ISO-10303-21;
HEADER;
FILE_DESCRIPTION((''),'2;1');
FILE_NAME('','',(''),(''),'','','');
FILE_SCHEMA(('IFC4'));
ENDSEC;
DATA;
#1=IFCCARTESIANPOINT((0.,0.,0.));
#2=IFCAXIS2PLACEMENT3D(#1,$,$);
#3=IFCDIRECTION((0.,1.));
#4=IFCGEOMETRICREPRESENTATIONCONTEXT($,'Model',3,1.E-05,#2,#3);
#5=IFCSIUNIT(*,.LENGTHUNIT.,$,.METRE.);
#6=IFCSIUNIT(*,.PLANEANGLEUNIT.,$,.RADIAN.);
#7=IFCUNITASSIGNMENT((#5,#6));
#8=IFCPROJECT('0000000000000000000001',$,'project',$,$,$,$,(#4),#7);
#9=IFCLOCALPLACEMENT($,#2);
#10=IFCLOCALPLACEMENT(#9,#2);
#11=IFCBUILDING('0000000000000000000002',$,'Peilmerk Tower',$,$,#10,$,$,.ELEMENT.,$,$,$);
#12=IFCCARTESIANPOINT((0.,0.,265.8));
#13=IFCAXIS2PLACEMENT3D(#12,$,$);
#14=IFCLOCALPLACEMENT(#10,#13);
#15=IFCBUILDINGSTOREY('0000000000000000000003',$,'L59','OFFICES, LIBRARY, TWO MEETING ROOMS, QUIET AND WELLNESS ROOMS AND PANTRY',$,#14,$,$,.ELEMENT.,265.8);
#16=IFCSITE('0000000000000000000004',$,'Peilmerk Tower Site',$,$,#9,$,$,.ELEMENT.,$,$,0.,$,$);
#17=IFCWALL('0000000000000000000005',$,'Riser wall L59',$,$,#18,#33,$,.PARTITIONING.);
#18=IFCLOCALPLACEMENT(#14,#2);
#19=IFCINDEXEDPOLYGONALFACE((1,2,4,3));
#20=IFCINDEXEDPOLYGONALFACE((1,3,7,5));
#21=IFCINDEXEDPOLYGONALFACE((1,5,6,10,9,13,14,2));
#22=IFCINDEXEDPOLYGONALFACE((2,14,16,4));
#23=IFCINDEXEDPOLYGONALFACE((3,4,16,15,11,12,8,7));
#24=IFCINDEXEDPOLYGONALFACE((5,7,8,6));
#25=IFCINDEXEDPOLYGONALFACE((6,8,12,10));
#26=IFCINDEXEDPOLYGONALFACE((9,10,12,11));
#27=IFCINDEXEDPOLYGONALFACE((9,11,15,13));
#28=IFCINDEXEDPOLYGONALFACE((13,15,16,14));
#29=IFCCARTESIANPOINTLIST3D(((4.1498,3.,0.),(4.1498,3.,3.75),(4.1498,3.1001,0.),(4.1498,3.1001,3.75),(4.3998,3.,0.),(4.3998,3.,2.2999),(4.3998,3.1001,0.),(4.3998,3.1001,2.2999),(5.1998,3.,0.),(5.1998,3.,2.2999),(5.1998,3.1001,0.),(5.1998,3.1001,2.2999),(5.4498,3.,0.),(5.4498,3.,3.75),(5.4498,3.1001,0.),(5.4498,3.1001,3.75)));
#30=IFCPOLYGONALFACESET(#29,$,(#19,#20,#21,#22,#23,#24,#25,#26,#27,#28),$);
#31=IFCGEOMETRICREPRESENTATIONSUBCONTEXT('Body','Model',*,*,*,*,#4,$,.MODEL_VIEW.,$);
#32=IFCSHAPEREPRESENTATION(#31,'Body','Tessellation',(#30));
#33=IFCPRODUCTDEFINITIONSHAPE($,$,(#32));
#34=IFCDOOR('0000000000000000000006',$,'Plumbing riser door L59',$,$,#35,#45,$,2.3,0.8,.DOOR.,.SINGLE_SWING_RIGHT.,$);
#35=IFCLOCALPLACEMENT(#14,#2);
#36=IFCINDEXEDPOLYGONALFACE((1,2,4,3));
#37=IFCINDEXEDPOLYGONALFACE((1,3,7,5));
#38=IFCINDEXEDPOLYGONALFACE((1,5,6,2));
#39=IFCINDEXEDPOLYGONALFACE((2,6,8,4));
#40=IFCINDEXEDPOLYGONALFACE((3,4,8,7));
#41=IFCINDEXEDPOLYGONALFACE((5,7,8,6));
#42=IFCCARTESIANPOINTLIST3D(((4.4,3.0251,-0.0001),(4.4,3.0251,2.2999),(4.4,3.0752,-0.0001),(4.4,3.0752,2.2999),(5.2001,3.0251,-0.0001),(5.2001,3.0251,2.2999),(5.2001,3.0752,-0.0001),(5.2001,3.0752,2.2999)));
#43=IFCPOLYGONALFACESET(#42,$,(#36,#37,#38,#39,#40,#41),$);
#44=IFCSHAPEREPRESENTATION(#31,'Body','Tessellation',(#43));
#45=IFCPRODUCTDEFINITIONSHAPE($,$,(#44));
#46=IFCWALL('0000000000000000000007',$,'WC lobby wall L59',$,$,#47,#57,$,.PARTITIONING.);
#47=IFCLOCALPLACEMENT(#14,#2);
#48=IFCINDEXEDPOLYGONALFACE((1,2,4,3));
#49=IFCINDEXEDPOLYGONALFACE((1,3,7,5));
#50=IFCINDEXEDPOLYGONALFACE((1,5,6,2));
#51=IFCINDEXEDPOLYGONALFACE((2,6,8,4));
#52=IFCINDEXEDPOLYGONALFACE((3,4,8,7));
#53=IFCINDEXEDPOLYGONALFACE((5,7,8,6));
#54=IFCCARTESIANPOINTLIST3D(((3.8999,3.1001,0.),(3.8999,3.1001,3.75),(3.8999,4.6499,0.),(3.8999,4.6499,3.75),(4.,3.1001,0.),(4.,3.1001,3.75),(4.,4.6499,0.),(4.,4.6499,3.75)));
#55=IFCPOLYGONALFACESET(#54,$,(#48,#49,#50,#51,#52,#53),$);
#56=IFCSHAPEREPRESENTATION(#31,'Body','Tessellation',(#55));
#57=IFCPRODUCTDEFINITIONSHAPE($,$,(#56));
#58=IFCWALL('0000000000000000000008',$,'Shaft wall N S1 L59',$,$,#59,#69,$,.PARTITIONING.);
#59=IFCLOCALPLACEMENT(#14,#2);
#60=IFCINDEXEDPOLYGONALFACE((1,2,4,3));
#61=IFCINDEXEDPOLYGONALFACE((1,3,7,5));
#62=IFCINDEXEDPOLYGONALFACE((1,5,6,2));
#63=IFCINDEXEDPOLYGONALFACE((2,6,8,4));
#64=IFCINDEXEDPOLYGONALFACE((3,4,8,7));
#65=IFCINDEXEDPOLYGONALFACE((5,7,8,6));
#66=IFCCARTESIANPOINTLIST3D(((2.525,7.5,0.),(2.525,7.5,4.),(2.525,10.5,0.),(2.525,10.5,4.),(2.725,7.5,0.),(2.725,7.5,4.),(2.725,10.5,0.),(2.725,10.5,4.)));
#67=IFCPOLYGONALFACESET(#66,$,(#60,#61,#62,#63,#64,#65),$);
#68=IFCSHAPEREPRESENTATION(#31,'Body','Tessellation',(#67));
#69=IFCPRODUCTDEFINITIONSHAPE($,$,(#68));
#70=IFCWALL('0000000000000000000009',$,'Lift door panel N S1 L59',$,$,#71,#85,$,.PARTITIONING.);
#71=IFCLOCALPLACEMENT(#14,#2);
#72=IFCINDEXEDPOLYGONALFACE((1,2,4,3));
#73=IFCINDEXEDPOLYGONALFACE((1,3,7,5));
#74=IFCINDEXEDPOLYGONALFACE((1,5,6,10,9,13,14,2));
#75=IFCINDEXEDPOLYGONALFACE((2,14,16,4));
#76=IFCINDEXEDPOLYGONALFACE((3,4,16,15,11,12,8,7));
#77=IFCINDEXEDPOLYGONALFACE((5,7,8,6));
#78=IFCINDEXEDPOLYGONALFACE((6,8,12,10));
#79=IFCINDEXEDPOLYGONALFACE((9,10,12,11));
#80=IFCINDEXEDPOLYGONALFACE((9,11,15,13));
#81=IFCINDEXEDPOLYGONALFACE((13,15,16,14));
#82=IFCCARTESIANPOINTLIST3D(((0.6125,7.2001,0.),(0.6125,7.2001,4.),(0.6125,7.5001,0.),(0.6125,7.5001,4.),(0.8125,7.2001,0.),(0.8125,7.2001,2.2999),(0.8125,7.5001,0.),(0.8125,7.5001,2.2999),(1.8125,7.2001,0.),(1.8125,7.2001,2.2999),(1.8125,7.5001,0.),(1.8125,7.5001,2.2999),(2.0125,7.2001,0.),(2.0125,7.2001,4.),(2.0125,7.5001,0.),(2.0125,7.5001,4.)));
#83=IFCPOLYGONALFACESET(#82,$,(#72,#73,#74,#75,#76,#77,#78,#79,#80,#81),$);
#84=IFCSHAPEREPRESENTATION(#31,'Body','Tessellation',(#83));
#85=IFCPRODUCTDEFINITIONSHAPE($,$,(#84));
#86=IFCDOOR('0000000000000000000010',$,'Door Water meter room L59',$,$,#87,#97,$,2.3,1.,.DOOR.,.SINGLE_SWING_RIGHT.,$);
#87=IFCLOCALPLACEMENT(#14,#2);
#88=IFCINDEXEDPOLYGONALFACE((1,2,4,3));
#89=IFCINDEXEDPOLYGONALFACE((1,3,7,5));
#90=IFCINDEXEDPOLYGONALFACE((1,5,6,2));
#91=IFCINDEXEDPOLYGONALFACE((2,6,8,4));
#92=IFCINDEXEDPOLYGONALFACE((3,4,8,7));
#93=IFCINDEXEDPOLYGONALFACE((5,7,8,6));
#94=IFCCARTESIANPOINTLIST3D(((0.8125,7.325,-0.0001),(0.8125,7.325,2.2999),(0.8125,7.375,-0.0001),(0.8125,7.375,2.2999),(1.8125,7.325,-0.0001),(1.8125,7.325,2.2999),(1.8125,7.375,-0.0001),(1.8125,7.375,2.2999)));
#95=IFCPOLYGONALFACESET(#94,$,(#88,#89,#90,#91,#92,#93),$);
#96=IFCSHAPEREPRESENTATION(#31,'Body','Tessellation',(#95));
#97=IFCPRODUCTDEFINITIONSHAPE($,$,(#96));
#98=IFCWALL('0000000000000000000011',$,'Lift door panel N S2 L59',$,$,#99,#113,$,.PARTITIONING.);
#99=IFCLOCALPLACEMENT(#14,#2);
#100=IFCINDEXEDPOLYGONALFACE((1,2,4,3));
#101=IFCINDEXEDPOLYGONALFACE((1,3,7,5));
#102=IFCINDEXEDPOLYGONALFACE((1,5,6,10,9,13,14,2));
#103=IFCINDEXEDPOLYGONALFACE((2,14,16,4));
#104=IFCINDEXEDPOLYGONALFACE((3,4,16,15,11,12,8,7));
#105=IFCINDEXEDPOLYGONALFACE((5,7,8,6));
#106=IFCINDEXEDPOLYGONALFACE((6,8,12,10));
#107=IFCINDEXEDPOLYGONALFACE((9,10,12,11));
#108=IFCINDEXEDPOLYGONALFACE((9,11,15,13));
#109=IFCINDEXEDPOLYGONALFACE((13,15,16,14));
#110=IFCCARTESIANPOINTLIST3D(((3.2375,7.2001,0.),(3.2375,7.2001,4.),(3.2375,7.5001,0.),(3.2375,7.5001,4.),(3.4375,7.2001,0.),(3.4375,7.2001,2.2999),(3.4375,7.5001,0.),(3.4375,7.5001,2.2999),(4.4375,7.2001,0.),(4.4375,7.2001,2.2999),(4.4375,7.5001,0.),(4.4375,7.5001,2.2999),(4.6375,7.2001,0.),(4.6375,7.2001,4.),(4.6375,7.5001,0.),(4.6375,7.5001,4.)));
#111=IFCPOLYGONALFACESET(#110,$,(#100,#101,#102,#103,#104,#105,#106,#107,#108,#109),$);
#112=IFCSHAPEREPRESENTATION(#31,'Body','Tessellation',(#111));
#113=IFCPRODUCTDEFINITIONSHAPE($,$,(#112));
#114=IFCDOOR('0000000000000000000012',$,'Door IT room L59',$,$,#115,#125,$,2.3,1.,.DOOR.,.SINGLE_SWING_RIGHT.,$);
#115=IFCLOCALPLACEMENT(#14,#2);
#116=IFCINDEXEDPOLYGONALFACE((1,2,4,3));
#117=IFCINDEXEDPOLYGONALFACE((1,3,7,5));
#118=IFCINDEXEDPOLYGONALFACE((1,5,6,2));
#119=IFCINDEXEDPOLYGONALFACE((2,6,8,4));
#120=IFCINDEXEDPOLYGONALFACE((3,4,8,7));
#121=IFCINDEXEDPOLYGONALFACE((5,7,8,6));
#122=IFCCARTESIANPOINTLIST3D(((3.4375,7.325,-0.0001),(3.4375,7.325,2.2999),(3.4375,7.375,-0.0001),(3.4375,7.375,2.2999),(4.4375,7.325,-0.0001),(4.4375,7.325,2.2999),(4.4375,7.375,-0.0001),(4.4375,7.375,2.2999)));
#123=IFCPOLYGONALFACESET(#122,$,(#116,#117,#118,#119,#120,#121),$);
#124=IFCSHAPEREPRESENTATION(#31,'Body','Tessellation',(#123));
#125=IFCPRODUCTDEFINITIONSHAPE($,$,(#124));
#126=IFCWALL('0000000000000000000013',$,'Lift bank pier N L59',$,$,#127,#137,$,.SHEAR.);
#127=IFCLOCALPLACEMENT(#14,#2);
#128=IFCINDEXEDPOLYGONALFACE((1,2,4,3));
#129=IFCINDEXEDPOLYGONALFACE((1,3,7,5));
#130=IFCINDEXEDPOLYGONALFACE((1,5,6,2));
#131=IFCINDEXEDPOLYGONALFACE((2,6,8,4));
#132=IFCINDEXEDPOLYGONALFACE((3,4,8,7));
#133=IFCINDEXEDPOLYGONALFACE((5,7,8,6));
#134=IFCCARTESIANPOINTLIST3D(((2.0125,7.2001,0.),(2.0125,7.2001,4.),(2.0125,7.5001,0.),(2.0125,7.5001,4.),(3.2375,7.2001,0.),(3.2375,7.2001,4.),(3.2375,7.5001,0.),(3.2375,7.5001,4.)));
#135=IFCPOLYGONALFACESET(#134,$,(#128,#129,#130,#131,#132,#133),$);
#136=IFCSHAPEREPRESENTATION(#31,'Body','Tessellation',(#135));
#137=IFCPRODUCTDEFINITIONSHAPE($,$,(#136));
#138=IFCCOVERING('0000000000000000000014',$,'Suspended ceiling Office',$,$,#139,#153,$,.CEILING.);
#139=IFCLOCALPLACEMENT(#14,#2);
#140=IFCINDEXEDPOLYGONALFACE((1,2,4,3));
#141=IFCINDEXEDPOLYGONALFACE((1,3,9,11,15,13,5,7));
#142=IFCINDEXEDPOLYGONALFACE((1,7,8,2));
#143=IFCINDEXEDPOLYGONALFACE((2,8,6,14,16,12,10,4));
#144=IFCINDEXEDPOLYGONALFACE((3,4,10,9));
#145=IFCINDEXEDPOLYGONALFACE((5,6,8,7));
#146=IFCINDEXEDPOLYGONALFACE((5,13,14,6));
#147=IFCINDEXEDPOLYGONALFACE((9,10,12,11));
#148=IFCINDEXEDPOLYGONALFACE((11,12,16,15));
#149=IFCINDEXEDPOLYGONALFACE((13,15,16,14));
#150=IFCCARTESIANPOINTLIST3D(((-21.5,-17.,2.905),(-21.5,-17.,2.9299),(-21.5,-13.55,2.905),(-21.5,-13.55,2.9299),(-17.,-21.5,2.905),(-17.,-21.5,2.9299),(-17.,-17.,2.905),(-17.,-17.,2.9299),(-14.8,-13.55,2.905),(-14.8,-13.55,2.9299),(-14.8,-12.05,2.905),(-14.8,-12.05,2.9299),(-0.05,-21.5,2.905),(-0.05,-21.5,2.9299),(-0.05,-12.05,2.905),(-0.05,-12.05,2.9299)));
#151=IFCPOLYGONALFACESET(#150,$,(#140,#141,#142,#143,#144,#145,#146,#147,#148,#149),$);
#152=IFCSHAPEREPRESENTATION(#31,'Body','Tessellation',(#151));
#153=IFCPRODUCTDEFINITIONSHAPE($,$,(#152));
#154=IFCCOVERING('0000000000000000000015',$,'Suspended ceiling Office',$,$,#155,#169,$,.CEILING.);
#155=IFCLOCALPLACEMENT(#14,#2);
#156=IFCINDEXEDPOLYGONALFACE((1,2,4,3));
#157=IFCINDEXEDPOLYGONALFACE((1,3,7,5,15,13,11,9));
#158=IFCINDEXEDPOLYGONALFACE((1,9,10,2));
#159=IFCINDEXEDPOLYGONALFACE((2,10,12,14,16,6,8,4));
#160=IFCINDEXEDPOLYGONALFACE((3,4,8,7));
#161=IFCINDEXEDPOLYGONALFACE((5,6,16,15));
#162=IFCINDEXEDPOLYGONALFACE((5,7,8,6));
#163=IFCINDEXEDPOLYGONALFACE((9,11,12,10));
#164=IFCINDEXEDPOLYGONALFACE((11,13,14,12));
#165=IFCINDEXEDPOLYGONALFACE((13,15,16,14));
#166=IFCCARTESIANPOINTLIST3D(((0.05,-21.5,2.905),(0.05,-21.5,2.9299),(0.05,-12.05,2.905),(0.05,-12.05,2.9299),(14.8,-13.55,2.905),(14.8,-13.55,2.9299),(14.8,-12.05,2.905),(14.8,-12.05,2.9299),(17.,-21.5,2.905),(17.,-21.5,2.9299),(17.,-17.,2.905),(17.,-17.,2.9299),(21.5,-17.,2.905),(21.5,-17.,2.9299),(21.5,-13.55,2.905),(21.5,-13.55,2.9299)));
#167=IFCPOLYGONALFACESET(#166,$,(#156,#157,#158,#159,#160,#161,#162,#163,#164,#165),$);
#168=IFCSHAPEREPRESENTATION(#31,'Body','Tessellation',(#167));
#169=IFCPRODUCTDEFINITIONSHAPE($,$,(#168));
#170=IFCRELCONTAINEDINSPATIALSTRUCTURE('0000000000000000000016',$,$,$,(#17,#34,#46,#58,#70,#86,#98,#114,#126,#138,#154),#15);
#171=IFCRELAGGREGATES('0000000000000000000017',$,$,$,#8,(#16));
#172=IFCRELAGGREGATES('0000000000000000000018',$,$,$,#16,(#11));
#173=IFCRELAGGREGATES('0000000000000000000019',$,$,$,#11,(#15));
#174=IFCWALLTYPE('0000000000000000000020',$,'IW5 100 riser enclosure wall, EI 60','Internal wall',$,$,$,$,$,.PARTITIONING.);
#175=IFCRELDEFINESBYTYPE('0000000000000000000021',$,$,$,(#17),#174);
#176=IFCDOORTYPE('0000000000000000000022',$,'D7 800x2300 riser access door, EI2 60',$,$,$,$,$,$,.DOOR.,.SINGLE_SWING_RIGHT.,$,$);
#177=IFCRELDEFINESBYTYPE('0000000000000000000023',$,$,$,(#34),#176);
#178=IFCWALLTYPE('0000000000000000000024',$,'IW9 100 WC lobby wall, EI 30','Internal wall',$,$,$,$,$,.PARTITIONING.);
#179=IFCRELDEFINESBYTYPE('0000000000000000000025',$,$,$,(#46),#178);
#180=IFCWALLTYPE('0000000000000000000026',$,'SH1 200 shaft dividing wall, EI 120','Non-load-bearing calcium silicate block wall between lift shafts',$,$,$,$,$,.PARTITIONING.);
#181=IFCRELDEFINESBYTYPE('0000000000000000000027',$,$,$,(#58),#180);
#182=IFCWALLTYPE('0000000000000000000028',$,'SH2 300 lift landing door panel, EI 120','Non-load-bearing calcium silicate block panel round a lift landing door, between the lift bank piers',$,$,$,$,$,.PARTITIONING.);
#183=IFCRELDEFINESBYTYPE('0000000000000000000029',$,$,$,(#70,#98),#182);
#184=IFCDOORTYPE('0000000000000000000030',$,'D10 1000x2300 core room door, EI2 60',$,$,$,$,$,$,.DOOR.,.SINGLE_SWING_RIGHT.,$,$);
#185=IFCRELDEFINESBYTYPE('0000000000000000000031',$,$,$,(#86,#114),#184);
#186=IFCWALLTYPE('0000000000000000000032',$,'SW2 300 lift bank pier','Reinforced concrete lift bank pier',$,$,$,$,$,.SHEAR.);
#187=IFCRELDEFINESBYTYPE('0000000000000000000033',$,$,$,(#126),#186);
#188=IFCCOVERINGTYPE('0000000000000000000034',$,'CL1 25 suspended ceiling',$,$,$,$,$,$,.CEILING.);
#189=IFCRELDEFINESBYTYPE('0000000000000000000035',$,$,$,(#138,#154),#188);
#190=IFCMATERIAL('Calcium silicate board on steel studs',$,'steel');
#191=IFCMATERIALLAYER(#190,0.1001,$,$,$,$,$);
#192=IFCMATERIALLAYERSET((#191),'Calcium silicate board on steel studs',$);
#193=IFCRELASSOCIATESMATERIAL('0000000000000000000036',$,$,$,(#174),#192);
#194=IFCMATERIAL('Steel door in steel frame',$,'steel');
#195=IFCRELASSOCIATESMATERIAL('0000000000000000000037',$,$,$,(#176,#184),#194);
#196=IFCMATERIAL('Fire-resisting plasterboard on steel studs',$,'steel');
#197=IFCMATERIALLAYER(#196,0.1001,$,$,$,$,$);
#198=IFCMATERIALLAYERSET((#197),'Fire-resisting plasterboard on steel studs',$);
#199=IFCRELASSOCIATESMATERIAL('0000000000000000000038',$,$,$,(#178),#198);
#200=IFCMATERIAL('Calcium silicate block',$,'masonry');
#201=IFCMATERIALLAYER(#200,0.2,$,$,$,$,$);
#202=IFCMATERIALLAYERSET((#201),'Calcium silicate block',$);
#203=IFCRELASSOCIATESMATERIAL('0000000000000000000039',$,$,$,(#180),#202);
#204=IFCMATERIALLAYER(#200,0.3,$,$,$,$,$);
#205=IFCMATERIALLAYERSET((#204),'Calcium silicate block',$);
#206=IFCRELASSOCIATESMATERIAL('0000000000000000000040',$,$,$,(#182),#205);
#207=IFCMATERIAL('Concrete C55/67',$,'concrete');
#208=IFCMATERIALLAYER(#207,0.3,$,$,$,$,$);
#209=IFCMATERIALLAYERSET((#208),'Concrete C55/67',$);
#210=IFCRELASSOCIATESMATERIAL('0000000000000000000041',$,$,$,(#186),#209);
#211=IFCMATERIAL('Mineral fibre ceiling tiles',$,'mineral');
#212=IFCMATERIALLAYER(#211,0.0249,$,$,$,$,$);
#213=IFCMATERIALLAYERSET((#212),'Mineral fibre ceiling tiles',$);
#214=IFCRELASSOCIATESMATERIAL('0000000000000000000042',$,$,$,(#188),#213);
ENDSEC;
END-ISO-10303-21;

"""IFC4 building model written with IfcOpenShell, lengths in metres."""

from ifc_helpers import new_model, si_unit, direction, frame, frame_2d, origin, place, context, subcontext, project, spatial, polyline, rectangle, outline, extrude, material, layer, layer_set, type_object, element, fill, save


model = new_model("IFC4")

# Units and contexts
model_context = context("Model", 3, precision=1e-05, world=origin(), true_north=direction((0.0, 1.0)))
body_context = subcontext(model_context, "Body", "Model", "MODEL_VIEW")
ifc_project = project(units=[si_unit("LENGTHUNIT", "METRE"), si_unit("PLANEANGLEUNIT", "RADIAN")], contexts=[model_context])

# Site, building, storey
site_placement = place(None, origin())
site = spatial("IfcSite", under=ifc_project, at=site_placement, Name="Peilmerk Tower Site", CompositionType="ELEMENT", RefElevation=0.0)
building_placement = place(site_placement, origin())
building = spatial("IfcBuilding", under=site, at=building_placement, Name="Peilmerk Tower", CompositionType="ELEMENT")
storey_placement = place(building_placement, frame((0.0, 0.0, 265.8)))
storey = spatial("IfcBuildingStorey", under=building, at=storey_placement, Name="L59", Description="OFFICES, LIBRARY, TWO MEETING ROOMS, QUIET AND WELLNESS ROOMS AND PANTRY", CompositionType="ELEMENT", Elevation=265.8)

# Wall, opening, door
ifc_material_1 = material(Name="Calcium silicate board on steel studs", Category="steel")
ifc_layer_1 = layer(ifc_material_1, 0.1001)
ifc_layer_set_1 = layer_set([ifc_layer_1], Name="Calcium silicate board on steel studs")
wall_type_1 = type_object("IfcWallType", Name="IW5 100 riser enclosure wall, EI 60", Description="Internal wall", PredefinedType="PARTITIONING", material=ifc_layer_set_1)
wall_1_placement = place(storey_placement, frame((4.1499, 3.05, 0.0), z_axis=(0.0, 0.0, 1.0), x_axis=(1.0, 0.0, 0.0)))
wall_1 = element("IfcWall", 1, at=wall_1_placement, inside=storey, type_object=wall_type_1, Name="Riser wall L59", PredefinedType="PARTITIONING", context=body_context, shape_type="SweptSolid", body=[
    extrude(rectangle(XDim=1.3, YDim=0.1001, at=frame_2d((0.6499, 0.0))), origin(), (0.0, 0.0, 1.0), 3.75),
])
opening_1_placement = place(wall_1_placement, frame((0.25, 0.0, 0.0)))
opening_1 = element("IfcOpeningElement", 2, at=opening_1_placement, cuts=wall_1, PredefinedType="OPENING", context=body_context, shape_type="SweptSolid", body=[
    extrude(rectangle(XDim=0.8, YDim=2.3, at=frame_2d((0.3999, 1.1499))), frame((0.0, 0.0601, 0.0), z_axis=(0.0, -1.0, 0.0), x_axis=(1.0, 0.0, 0.0)), (0.0, 0.0, 1.0), 0.1201),
])
ifc_material_2 = material(Name="Steel door in steel frame", Category="steel")
door_type_1 = type_object("IfcDoorType", Name="D7 800x2300 riser access door, EI2 60", OperationType="SINGLE_SWING_RIGHT", PredefinedType="DOOR", material=ifc_material_2)
door_1_placement = place(opening_1_placement, frame((0.8, 0.0, 0.0), z_axis=(0.0, 0.0, 1.0), x_axis=(-1.0, 0.0, 0.0)))
door_1 = element("IfcDoor", 3, at=door_1_placement, inside=storey, type_object=door_type_1, Name="Plumbing riser door L59", OperationType="SINGLE_SWING_RIGHT", OverallHeight=2.3, OverallWidth=0.8, PredefinedType="DOOR", context=body_context, shape_type="SweptSolid", body=[
    extrude(rectangle(XDim=0.8, YDim=2.3, at=frame_2d((0.3999, 1.1499))), frame((0.0, 0.0249, 0.0), z_axis=(0.0, -1.0, 0.0), x_axis=(1.0, 0.0, 0.0)), (0.0, 0.0, 1.0), 0.05),
])
fill(opening_1, door_1)

# Walls
ifc_material_3 = material(Name="Fire-resisting plasterboard on steel studs", Category="steel")
ifc_layer_2 = layer(ifc_material_3, 0.1001)
ifc_layer_set_2 = layer_set([ifc_layer_2], Name="Fire-resisting plasterboard on steel studs")
wall_type_2 = type_object("IfcWallType", Name="IW9 100 WC lobby wall, EI 30", Description="Internal wall", PredefinedType="PARTITIONING", material=ifc_layer_set_2)
wall_2_placement = place(storey_placement, frame((3.95, 3.1001, 0.0), z_axis=(0.0, 0.0, 1.0), x_axis=(0.0, 1.0, 0.0)))
element("IfcWall", 4, at=wall_2_placement, inside=storey, type_object=wall_type_2, Name="WC lobby wall L59", PredefinedType="PARTITIONING", context=body_context, shape_type="SweptSolid", body=[
    extrude(rectangle(XDim=1.5498, YDim=0.1001, at=frame_2d((0.7749, 0.0))), origin(), (0.0, 0.0, 1.0), 3.75),
])
ifc_material_4 = material(Name="Calcium silicate block", Category="masonry")
ifc_layer_3 = layer(ifc_material_4, 0.2)
ifc_layer_set_3 = layer_set([ifc_layer_3], Name="Calcium silicate block")
wall_type_3 = type_object("IfcWallType", Name="SH1 200 shaft dividing wall, EI 120", Description="Non-load-bearing calcium silicate block wall between lift shafts", PredefinedType="PARTITIONING", material=ifc_layer_set_3)
wall_3_placement = place(storey_placement, frame((2.625, 7.5, 0.0), z_axis=(0.0, 0.0, 1.0), x_axis=(0.0, 1.0, 0.0)))
element("IfcWall", 5, at=wall_3_placement, inside=storey, type_object=wall_type_3, Name="Shaft wall N S1 L59", PredefinedType="PARTITIONING", context=body_context, shape_type="SweptSolid", body=[
    extrude(rectangle(XDim=3.0, YDim=0.2, at=frame_2d((1.5, 0.0))), origin(), (0.0, 0.0, 1.0), 4.0),
])

# Walls, openings, doors
ifc_layer_4 = layer(ifc_material_4, 0.3)
ifc_layer_set_4 = layer_set([ifc_layer_4], Name="Calcium silicate block")
wall_type_4 = type_object("IfcWallType", Name="SH2 300 lift landing door panel, EI 120", Description="Non-load-bearing calcium silicate block panel round a lift landing door, between the lift bank piers", PredefinedType="PARTITIONING", material=ifc_layer_set_4)
wall_4_placement = place(storey_placement, frame((0.6125, 7.3501, 0.0), z_axis=(0.0, 0.0, 1.0), x_axis=(1.0, 0.0, 0.0)))
wall_4 = element("IfcWall", 6, at=wall_4_placement, inside=storey, type_object=wall_type_4, Name="Lift door panel N S1 L59", PredefinedType="PARTITIONING", context=body_context, shape_type="SweptSolid", body=[
    extrude(rectangle(XDim=1.3999, YDim=0.3, at=frame_2d((0.7, 0.0))), origin(), (0.0, 0.0, 1.0), 4.0),
])
opening_2_placement = place(wall_4_placement, frame((0.2, 0.0, 0.0)))
opening_2 = element("IfcOpeningElement", 7, at=opening_2_placement, cuts=wall_4, PredefinedType="OPENING", context=body_context, shape_type="SweptSolid", body=[
    extrude(rectangle(XDim=1.0, YDim=2.3, at=frame_2d((0.5, 1.1499))), frame((0.0, 0.1599, 0.0), z_axis=(0.0, -1.0, 0.0), x_axis=(1.0, 0.0, 0.0)), (0.0, 0.0, 1.0), 0.3201),
])
door_type_2 = type_object("IfcDoorType", Name="D10 1000x2300 core room door, EI2 60", OperationType="SINGLE_SWING_RIGHT", PredefinedType="DOOR", material=ifc_material_2)
door_2_placement = place(opening_2_placement, origin())
door_2 = element("IfcDoor", 8, at=door_2_placement, inside=storey, type_object=door_type_2, Name="Door Water meter room L59", OperationType="SINGLE_SWING_RIGHT", OverallHeight=2.3, OverallWidth=1.0, PredefinedType="DOOR", context=body_context, shape_type="SweptSolid", body=[
    extrude(rectangle(XDim=1.0, YDim=2.3, at=frame_2d((0.5, 1.1499))), frame((0.0, 0.0249, 0.0), z_axis=(0.0, -1.0, 0.0), x_axis=(1.0, 0.0, 0.0)), (0.0, 0.0, 1.0), 0.05),
])
fill(opening_2, door_2)
wall_5_placement = place(storey_placement, frame((3.2375, 7.3501, 0.0), z_axis=(0.0, 0.0, 1.0), x_axis=(1.0, 0.0, 0.0)))
wall_5 = element("IfcWall", 9, at=wall_5_placement, inside=storey, type_object=wall_type_4, Name="Lift door panel N S2 L59", PredefinedType="PARTITIONING", context=body_context, shape_type="SweptSolid", body=[
    extrude(rectangle(XDim=1.3999, YDim=0.3, at=frame_2d((0.7, 0.0))), origin(), (0.0, 0.0, 1.0), 4.0),
])
opening_3_placement = place(wall_5_placement, frame((0.2, 0.0, 0.0)))
opening_3 = element("IfcOpeningElement", 10, at=opening_3_placement, cuts=wall_5, PredefinedType="OPENING", context=body_context, shape_type="SweptSolid", body=[
    extrude(rectangle(XDim=1.0, YDim=2.3, at=frame_2d((0.5, 1.1499))), frame((0.0, 0.1599, 0.0), z_axis=(0.0, -1.0, 0.0), x_axis=(1.0, 0.0, 0.0)), (0.0, 0.0, 1.0), 0.3201),
])
door_3_placement = place(opening_3_placement, origin())
door_3 = element("IfcDoor", 11, at=door_3_placement, inside=storey, type_object=door_type_2, Name="Door IT room L59", OperationType="SINGLE_SWING_RIGHT", OverallHeight=2.3, OverallWidth=1.0, PredefinedType="DOOR", context=body_context, shape_type="SweptSolid", body=[
    extrude(rectangle(XDim=1.0, YDim=2.3, at=frame_2d((0.5, 1.1499))), frame((0.0, 0.0249, 0.0), z_axis=(0.0, -1.0, 0.0), x_axis=(1.0, 0.0, 0.0)), (0.0, 0.0, 1.0), 0.05),
])
fill(opening_3, door_3)

# Wall
ifc_material_5 = material(Name="Concrete C55/67", Category="concrete")
ifc_layer_5 = layer(ifc_material_5, 0.3)
ifc_layer_set_5 = layer_set([ifc_layer_5], Name="Concrete C55/67")
wall_type_5 = type_object("IfcWallType", Name="SW2 300 lift bank pier", Description="Reinforced concrete lift bank pier", PredefinedType="SHEAR", material=ifc_layer_set_5)
wall_6_placement = place(storey_placement, frame((2.0125, 7.3501, 0.0), z_axis=(0.0, 0.0, 1.0), x_axis=(1.0, 0.0, 0.0)))
element("IfcWall", 12, at=wall_6_placement, inside=storey, type_object=wall_type_5, Name="Lift bank pier N L59", PredefinedType="SHEAR", context=body_context, shape_type="SweptSolid", body=[
    extrude(rectangle(XDim=1.2251, YDim=0.3, at=frame_2d((0.6125, 0.0))), origin(), (0.0, 0.0, 1.0), 4.0),
])

# Coverings
ifc_material_6 = material(Name="Mineral fibre ceiling tiles", Category="mineral")
ifc_layer_6 = layer(ifc_material_6, 0.0249)
ifc_layer_set_6 = layer_set([ifc_layer_6], Name="Mineral fibre ceiling tiles")
covering_type = type_object("IfcCoveringType", Name="CL1 25 suspended ceiling", PredefinedType="CEILING", material=ifc_layer_set_6)
covering_1_placement = place(storey_placement, frame((0.0, 0.0, 2.905)))
element("IfcCovering", 13, at=covering_1_placement, inside=storey, type_object=covering_type, Name="Suspended ceiling Office", PredefinedType="CEILING", context=body_context, shape_type="SweptSolid", body=[
    extrude(outline(polyline([(-17.0, -21.5), (-0.05, -21.5), (-0.05, -12.05), (-14.8, -12.05), (-14.8, -13.55), (-21.5, -13.55), (-21.5, -17.0), (-17.0, -17.0), (-17.0, -21.5)])), origin(), (0.0, 0.0, 1.0), 0.0249),
])
covering_2_placement = place(storey_placement, frame((0.0, 0.0, 2.905)))
element("IfcCovering", 14, at=covering_2_placement, inside=storey, type_object=covering_type, Name="Suspended ceiling Office", PredefinedType="CEILING", context=body_context, shape_type="SweptSolid", body=[
    extrude(outline(polyline([(0.05, -21.5), (17.0, -21.5), (17.0, -17.0), (21.5, -17.0), (21.5, -13.55), (14.8, -13.55), (14.8, -12.05), (0.05, -12.05), (0.05, -21.5)])), origin(), (0.0, 0.0, 1.0), 0.0249),
])

save(model, "model.ifc")
